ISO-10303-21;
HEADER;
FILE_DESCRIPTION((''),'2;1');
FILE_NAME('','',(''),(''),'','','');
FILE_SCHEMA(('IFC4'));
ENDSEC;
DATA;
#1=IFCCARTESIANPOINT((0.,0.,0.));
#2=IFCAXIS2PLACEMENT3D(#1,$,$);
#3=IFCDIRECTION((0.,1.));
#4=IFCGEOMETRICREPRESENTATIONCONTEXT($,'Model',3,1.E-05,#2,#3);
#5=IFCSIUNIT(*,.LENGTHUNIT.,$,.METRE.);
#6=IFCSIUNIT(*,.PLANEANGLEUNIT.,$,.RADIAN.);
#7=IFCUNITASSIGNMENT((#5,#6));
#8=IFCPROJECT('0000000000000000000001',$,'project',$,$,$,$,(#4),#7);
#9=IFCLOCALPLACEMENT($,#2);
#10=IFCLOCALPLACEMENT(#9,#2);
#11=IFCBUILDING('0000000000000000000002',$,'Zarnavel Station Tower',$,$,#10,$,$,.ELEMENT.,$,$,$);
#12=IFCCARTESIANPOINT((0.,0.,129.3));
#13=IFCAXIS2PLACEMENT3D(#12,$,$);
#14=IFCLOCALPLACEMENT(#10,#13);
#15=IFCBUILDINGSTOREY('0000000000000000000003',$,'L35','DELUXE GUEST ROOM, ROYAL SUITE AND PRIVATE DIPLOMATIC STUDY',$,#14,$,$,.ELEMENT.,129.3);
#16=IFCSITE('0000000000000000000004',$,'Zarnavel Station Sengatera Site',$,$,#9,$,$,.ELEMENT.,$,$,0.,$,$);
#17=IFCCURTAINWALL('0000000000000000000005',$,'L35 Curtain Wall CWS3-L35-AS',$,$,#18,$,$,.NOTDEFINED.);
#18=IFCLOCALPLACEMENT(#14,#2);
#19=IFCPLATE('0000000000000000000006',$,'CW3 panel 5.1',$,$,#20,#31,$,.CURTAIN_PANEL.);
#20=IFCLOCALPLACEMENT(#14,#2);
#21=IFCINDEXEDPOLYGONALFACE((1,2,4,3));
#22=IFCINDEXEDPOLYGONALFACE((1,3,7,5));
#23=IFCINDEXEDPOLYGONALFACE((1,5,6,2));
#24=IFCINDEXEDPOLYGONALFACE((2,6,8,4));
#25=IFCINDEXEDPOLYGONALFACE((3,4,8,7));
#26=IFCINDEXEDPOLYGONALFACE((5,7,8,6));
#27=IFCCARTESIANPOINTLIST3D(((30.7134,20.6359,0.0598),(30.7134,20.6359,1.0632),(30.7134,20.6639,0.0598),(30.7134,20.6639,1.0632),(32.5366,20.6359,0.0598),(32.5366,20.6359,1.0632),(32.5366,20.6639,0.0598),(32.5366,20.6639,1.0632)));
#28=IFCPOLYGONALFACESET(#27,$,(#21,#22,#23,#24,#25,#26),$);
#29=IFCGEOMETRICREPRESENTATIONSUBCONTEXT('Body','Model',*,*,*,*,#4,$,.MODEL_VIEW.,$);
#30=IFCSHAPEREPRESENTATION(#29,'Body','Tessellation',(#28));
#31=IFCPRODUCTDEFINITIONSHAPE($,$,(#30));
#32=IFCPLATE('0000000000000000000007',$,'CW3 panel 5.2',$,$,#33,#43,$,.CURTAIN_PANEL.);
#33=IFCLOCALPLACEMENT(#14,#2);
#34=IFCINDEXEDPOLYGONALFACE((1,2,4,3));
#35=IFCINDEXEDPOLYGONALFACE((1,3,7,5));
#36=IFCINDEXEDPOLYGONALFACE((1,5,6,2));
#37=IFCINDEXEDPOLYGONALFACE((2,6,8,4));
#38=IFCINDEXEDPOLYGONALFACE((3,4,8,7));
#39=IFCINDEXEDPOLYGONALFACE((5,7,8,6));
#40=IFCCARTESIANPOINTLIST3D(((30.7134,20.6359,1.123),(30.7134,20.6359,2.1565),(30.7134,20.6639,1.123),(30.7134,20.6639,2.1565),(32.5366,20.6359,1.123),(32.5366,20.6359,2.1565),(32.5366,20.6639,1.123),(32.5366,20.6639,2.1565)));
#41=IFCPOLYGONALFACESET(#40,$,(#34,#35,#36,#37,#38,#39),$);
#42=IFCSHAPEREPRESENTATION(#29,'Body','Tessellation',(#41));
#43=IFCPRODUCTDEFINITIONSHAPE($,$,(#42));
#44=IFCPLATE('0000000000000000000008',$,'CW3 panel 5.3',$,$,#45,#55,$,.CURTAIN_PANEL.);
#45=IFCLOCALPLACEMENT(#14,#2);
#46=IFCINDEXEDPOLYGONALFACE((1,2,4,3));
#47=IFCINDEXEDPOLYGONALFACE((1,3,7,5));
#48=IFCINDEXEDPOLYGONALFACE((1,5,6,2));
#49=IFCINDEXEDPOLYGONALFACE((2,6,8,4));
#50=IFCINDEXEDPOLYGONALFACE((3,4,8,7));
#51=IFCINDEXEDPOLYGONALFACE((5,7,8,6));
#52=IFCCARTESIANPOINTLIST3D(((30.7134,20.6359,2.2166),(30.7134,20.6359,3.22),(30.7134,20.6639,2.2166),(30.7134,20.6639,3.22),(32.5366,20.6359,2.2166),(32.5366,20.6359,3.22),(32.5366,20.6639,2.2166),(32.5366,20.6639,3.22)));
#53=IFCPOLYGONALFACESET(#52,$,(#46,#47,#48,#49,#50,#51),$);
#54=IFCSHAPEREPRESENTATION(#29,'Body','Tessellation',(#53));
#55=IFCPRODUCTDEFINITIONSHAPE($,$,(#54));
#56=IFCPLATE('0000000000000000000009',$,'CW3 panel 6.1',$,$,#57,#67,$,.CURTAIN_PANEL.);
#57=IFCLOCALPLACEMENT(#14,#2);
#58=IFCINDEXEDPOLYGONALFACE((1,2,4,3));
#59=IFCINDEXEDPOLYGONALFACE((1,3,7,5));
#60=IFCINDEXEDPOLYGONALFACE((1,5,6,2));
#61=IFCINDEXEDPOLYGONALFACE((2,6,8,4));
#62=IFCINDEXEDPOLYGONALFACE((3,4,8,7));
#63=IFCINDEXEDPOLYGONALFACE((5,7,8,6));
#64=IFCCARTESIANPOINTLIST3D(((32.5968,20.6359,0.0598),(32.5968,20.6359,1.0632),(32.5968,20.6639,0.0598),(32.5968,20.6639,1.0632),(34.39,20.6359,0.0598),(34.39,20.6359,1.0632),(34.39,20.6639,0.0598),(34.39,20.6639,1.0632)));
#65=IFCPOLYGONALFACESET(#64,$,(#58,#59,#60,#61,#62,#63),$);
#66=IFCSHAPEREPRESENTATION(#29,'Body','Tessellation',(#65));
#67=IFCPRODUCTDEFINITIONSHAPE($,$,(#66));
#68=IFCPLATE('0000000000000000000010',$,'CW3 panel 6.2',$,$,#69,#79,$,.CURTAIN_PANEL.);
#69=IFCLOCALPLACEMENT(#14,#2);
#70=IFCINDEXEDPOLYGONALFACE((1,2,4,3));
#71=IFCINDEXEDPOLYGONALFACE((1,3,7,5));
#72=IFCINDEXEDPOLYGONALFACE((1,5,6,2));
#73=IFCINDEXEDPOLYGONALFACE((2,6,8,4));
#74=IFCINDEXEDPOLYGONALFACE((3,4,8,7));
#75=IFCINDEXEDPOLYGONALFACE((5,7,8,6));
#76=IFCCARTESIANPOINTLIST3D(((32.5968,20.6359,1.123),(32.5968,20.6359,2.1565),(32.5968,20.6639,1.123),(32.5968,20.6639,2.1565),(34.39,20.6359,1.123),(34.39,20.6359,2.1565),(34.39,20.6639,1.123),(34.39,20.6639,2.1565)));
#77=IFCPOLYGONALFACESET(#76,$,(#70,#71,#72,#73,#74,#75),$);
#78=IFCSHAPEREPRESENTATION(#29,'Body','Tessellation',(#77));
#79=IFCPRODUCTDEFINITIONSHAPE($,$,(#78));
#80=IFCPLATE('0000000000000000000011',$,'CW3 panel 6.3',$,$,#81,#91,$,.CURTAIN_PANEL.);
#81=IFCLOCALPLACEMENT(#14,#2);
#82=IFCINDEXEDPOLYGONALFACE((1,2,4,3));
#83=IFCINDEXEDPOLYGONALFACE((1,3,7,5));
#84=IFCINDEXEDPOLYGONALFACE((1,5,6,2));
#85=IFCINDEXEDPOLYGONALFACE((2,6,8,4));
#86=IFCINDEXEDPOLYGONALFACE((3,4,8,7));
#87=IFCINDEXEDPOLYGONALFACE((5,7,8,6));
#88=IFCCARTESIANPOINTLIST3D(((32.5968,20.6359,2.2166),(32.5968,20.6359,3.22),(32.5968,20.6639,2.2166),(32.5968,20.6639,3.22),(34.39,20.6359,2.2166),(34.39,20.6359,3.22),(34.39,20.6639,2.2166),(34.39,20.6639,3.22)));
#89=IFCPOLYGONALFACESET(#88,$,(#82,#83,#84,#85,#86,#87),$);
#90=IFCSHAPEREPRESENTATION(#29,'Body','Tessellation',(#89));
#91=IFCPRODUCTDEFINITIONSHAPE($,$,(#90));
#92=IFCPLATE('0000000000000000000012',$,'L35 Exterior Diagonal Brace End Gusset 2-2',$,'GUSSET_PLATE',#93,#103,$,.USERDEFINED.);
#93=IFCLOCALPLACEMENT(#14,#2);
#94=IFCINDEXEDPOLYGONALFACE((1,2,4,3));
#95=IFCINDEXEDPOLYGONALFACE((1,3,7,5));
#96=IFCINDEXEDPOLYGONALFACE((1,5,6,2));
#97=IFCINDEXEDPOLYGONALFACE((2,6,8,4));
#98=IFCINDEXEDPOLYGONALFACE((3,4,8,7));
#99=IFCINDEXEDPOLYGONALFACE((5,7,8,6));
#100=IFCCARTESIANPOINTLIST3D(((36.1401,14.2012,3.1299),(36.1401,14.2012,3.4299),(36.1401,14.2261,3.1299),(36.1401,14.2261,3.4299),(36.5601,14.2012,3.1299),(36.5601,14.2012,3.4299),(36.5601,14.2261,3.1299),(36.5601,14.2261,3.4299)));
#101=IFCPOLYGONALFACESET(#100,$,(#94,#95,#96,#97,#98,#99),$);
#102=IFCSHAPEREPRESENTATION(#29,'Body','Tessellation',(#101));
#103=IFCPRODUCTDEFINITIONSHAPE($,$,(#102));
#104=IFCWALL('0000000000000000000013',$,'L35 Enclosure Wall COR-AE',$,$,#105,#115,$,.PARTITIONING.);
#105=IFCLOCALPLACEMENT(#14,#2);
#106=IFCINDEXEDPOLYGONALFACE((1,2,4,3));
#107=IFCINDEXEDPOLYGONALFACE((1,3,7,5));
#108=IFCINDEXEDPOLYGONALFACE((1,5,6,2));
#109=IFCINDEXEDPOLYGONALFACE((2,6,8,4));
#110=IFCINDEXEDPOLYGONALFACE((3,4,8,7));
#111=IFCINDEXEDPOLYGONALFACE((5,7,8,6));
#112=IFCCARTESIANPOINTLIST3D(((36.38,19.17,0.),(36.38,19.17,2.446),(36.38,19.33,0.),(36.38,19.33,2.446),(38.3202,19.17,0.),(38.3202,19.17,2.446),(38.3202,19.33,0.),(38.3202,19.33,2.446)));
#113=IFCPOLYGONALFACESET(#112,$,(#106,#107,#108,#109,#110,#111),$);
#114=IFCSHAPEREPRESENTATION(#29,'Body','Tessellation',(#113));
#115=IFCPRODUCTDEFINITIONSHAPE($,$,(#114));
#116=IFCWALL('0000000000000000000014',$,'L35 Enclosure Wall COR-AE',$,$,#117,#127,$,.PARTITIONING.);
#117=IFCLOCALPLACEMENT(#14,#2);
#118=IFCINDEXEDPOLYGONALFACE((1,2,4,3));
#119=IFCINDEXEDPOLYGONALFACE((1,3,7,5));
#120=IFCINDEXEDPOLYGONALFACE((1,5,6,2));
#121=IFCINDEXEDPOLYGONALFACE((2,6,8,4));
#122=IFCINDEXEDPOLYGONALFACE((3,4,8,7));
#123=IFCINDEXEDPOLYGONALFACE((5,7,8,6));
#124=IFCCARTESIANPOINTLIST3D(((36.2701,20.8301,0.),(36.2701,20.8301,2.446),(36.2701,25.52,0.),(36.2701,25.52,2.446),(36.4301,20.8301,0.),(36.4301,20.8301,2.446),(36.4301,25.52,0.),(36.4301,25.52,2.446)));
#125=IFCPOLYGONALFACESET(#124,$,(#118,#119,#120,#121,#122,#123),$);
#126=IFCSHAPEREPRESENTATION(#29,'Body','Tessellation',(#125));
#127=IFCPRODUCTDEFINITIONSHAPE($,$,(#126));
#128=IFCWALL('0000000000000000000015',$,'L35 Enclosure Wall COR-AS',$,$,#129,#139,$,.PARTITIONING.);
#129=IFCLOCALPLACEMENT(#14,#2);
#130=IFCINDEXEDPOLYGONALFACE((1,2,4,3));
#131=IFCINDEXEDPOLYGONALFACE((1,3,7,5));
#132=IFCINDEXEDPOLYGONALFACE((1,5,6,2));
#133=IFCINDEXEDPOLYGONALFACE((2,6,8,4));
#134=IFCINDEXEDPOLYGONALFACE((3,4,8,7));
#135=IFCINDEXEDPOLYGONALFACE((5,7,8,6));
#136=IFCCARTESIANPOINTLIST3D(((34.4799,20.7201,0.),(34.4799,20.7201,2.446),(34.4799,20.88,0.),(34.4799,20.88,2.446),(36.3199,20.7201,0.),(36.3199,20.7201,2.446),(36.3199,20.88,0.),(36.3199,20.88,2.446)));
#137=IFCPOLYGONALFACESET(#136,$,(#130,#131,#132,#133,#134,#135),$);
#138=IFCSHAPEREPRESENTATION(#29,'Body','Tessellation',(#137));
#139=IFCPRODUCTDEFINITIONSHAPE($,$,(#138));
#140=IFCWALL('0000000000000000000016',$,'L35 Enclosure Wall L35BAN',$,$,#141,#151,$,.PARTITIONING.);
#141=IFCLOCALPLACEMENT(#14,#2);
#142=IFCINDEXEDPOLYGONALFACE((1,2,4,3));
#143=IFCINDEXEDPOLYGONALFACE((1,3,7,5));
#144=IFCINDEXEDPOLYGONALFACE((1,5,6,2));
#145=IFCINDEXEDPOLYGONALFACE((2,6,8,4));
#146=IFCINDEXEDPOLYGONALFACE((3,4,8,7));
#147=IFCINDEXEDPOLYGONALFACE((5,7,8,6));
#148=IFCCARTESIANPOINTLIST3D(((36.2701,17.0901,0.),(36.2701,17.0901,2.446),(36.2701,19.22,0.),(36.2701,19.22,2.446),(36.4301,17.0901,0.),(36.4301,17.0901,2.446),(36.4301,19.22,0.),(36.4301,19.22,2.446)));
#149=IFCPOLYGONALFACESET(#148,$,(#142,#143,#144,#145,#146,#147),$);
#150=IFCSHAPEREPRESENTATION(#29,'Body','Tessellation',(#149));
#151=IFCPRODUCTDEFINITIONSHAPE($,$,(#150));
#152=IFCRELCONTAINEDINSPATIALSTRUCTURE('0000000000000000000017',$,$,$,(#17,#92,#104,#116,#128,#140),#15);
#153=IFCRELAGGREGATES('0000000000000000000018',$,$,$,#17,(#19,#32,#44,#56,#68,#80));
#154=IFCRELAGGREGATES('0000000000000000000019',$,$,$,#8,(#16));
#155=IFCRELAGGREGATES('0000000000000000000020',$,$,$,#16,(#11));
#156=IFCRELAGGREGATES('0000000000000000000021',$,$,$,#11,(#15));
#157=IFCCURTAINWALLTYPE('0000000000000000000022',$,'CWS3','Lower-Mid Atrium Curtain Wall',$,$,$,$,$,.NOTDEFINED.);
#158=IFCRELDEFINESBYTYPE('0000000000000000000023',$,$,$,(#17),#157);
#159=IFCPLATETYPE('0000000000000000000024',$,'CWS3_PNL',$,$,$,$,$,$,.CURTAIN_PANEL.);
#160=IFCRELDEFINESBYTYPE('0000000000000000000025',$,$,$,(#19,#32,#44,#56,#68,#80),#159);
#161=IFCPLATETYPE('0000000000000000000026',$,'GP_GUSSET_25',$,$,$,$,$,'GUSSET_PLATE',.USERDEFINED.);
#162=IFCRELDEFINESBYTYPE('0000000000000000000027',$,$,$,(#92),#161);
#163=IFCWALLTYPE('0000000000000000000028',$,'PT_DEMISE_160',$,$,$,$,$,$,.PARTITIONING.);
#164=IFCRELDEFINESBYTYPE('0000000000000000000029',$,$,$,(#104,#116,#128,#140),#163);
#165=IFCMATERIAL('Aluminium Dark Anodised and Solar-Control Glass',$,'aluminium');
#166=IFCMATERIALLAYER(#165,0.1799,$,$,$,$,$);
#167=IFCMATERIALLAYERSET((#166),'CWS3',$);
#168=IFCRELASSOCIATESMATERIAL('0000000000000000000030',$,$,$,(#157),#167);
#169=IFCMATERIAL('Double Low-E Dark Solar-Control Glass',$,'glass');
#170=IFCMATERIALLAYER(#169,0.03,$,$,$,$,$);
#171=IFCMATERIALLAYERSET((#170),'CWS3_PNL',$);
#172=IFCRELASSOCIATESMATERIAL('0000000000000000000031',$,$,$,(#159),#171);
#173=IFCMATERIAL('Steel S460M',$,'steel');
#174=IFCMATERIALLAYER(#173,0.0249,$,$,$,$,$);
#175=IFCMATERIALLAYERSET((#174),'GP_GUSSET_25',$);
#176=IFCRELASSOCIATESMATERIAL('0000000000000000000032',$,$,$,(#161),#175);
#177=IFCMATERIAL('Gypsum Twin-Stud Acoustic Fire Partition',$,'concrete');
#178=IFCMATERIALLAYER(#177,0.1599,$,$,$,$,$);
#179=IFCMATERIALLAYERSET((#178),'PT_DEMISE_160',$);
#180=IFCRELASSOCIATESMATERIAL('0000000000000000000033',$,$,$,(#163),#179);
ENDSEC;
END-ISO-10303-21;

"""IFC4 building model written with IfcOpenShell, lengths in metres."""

from ifc_helpers import new_model, si_unit, direction, frame, frame_2d, origin, origin_2d, place, context, subcontext, project, spatial, rectangle, extrude, material, layer, layer_set, type_object, element, aggregate, save


model = new_model("IFC4")

# Units and contexts
model_context = context("Model", 3, precision=1e-05, world=origin(), true_north=direction((0.0, 1.0)))
body_context = subcontext(model_context, "Body", "Model", "MODEL_VIEW")
ifc_project = project(units=[si_unit("LENGTHUNIT", "METRE"), si_unit("PLANEANGLEUNIT", "RADIAN")], contexts=[model_context])

# Site, building, storey
site_placement = place(None, origin())
site = spatial("IfcSite", under=ifc_project, at=site_placement, Name="Zarnavel Station Sengatera Site", CompositionType="ELEMENT", RefElevation=0.0)
building_placement = place(site_placement, origin())
building = spatial("IfcBuilding", under=site, at=building_placement, Name="Zarnavel Station Tower", CompositionType="ELEMENT")
storey_placement = place(building_placement, frame((0.0, 0.0, 129.3)))
storey = spatial("IfcBuildingStorey", under=building, at=storey_placement, Name="L35", Description="DELUXE GUEST ROOM, ROYAL SUITE AND PRIVATE DIPLOMATIC STUDY", CompositionType="ELEMENT", Elevation=129.3)

# Curtain wall
ifc_material_1 = material(Name="Aluminium Dark Anodised and Solar-Control Glass", Category="aluminium")
ifc_layer_1 = layer(ifc_material_1, 0.1799)
ifc_layer_set_1 = layer_set([ifc_layer_1], Name="CWS3")
curtain_wall_type = type_object("IfcCurtainWallType", Name="CWS3", Description="Lower-Mid Atrium Curtain Wall", PredefinedType="NOTDEFINED", material=ifc_layer_set_1)
curtain_wall_placement = place(storey_placement, origin())
curtain_wall = element("IfcCurtainWall", 1, at=curtain_wall_placement, inside=storey, type_object=curtain_wall_type, Name="L35 Curtain Wall CWS3-L35-AS", PredefinedType="NOTDEFINED")

# Plates
ifc_material_2 = material(Name="Double Low-E Dark Solar-Control Glass", Category="glass")
ifc_layer_2 = layer(ifc_material_2, 0.03)
ifc_layer_set_2 = layer_set([ifc_layer_2], Name="CWS3_PNL")
plate_type_1 = type_object("IfcPlateType", Name="CWS3_PNL", PredefinedType="CURTAIN_PANEL", material=ifc_layer_set_2)
plate_1_placement = place(storey_placement, frame((31.625, 20.6499, 0.0598), z_axis=(0.0, 0.0, 1.0), x_axis=(1.0, 0.0, 0.0)))
plate_1 = element("IfcPlate", 2, at=plate_1_placement, type_object=plate_type_1, Name="CW3 panel 5.1", PredefinedType="CURTAIN_PANEL", context=body_context, shape_type="SweptSolid", body=[
    extrude(rectangle(XDim=1.8232, YDim=0.0281, at=origin_2d()), origin(), (0.0, 0.0, 1.0), 1.0034),
])
plate_2_placement = place(storey_placement, frame((31.625, 20.6499, 1.123), z_axis=(0.0, 0.0, 1.0), x_axis=(1.0, 0.0, 0.0)))
plate_2 = element("IfcPlate", 3, at=plate_2_placement, type_object=plate_type_1, Name="CW3 panel 5.2", PredefinedType="CURTAIN_PANEL", context=body_context, shape_type="SweptSolid", body=[
    extrude(rectangle(XDim=1.8232, YDim=0.0281, at=origin_2d()), origin(), (0.0, 0.0, 1.0), 1.0334),
])
plate_3_placement = place(storey_placement, frame((31.625, 20.6499, 2.2166), z_axis=(0.0, 0.0, 1.0), x_axis=(1.0, 0.0, 0.0)))
plate_3 = element("IfcPlate", 4, at=plate_3_placement, type_object=plate_type_1, Name="CW3 panel 5.3", PredefinedType="CURTAIN_PANEL", context=body_context, shape_type="SweptSolid", body=[
    extrude(rectangle(XDim=1.8232, YDim=0.0281, at=origin_2d()), origin(), (0.0, 0.0, 1.0), 1.0034),
])
plate_4_placement = place(storey_placement, frame((33.4934, 20.6499, 0.0598), z_axis=(0.0, 0.0, 1.0), x_axis=(1.0, 0.0, 0.0)))
plate_4 = element("IfcPlate", 5, at=plate_4_placement, type_object=plate_type_1, Name="CW3 panel 6.1", PredefinedType="CURTAIN_PANEL", context=body_context, shape_type="SweptSolid", body=[
    extrude(rectangle(XDim=1.7932, YDim=0.0281, at=origin_2d()), origin(), (0.0, 0.0, 1.0), 1.0034),
])
plate_5_placement = place(storey_placement, frame((33.4934, 20.6499, 1.123), z_axis=(0.0, 0.0, 1.0), x_axis=(1.0, 0.0, 0.0)))
plate_5 = element("IfcPlate", 6, at=plate_5_placement, type_object=plate_type_1, Name="CW3 panel 6.2", PredefinedType="CURTAIN_PANEL", context=body_context, shape_type="SweptSolid", body=[
    extrude(rectangle(XDim=1.7932, YDim=0.0281, at=origin_2d()), origin(), (0.0, 0.0, 1.0), 1.0334),
])
plate_6_placement = place(storey_placement, frame((33.4934, 20.6499, 2.2166), z_axis=(0.0, 0.0, 1.0), x_axis=(1.0, 0.0, 0.0)))
plate_6 = element("IfcPlate", 7, at=plate_6_placement, type_object=plate_type_1, Name="CW3 panel 6.3", PredefinedType="CURTAIN_PANEL", context=body_context, shape_type="SweptSolid", body=[
    extrude(rectangle(XDim=1.7932, YDim=0.0281, at=origin_2d()), origin(), (0.0, 0.0, 1.0), 1.0034),
])
aggregate(curtain_wall, [plate_1, plate_2, plate_3, plate_4, plate_5, plate_6])
ifc_material_3 = material(Name="Steel S460M", Category="steel")
ifc_layer_3 = layer(ifc_material_3, 0.0249)
ifc_layer_set_3 = layer_set([ifc_layer_3], Name="GP_GUSSET_25")
plate_type_2 = type_object("IfcPlateType", Name="GP_GUSSET_25", ElementType="GUSSET_PLATE", PredefinedType="USERDEFINED", material=ifc_layer_set_3)
plate_7_placement = place(storey_placement, frame((36.3501, 14.2136, 3.1299), z_axis=(0.0, 0.0, 1.0), x_axis=(1.0, 0.0, 0.0)))
element("IfcPlate", 8, at=plate_7_placement, inside=storey, type_object=plate_type_2, Name="L35 Exterior Diagonal Brace End Gusset 2-2", ObjectType="GUSSET_PLATE", PredefinedType="USERDEFINED", context=body_context, shape_type="SweptSolid", body=[
    extrude(rectangle(XDim=0.4199, YDim=0.0249, at=origin_2d()), origin(), (0.0, 0.0, 1.0), 0.3),
])

# Walls
ifc_material_4 = material(Name="Gypsum Twin-Stud Acoustic Fire Partition", Category="concrete")
ifc_layer_4 = layer(ifc_material_4, 0.1599)
ifc_layer_set_4 = layer_set([ifc_layer_4], Name="PT_DEMISE_160")
wall_type = type_object("IfcWallType", Name="PT_DEMISE_160", PredefinedType="PARTITIONING", material=ifc_layer_set_4)
wall_1_placement = place(storey_placement, frame((36.3799, 19.25, 0.0), z_axis=(0.0, 0.0, 1.0), x_axis=(1.0, 0.0, 0.0)))
element("IfcWall", 9, at=wall_1_placement, inside=storey, type_object=wall_type, Name="L35 Enclosure Wall COR-AE", PredefinedType="PARTITIONING", context=body_context, shape_type="SweptSolid", body=[
    extrude(rectangle(XDim=1.9402, YDim=0.1599, at=frame_2d((0.9702, 0.0))), origin(), (0.0, 0.0, 1.0), 2.446),
])
wall_2_placement = place(storey_placement, frame((36.3501, 20.8301, 0.0), z_axis=(0.0, 0.0, 1.0), x_axis=(0.0, 1.0, 0.0)))
element("IfcWall", 10, at=wall_2_placement, inside=storey, type_object=wall_type, Name="L35 Enclosure Wall COR-AE", PredefinedType="PARTITIONING", context=body_context, shape_type="SweptSolid", body=[
    extrude(rectangle(XDim=4.6899, YDim=0.1599, at=frame_2d((2.345, 0.0))), origin(), (0.0, 0.0, 1.0), 2.446),
])
wall_3_placement = place(storey_placement, frame((34.48, 20.8, 0.0), z_axis=(0.0, 0.0, 1.0), x_axis=(1.0, 0.0, 0.0)))
element("IfcWall", 11, at=wall_3_placement, inside=storey, type_object=wall_type, Name="L35 Enclosure Wall COR-AS", PredefinedType="PARTITIONING", context=body_context, shape_type="SweptSolid", body=[
    extrude(rectangle(XDim=1.8401, YDim=0.1599, at=frame_2d((0.9199, 0.0))), origin(), (0.0, 0.0, 1.0), 2.446),
])
wall_4_placement = place(storey_placement, frame((36.3501, 17.0901, 0.0), z_axis=(0.0, 0.0, 1.0), x_axis=(0.0, 1.0, 0.0)))
element("IfcWall", 12, at=wall_4_placement, inside=storey, type_object=wall_type, Name="L35 Enclosure Wall L35BAN", PredefinedType="PARTITIONING", context=body_context, shape_type="SweptSolid", body=[
    extrude(rectangle(XDim=2.1299, YDim=0.1599, at=frame_2d((1.0649, 0.0))), origin(), (0.0, 0.0, 1.0), 2.446),
])

save(model, "model.ifc")
